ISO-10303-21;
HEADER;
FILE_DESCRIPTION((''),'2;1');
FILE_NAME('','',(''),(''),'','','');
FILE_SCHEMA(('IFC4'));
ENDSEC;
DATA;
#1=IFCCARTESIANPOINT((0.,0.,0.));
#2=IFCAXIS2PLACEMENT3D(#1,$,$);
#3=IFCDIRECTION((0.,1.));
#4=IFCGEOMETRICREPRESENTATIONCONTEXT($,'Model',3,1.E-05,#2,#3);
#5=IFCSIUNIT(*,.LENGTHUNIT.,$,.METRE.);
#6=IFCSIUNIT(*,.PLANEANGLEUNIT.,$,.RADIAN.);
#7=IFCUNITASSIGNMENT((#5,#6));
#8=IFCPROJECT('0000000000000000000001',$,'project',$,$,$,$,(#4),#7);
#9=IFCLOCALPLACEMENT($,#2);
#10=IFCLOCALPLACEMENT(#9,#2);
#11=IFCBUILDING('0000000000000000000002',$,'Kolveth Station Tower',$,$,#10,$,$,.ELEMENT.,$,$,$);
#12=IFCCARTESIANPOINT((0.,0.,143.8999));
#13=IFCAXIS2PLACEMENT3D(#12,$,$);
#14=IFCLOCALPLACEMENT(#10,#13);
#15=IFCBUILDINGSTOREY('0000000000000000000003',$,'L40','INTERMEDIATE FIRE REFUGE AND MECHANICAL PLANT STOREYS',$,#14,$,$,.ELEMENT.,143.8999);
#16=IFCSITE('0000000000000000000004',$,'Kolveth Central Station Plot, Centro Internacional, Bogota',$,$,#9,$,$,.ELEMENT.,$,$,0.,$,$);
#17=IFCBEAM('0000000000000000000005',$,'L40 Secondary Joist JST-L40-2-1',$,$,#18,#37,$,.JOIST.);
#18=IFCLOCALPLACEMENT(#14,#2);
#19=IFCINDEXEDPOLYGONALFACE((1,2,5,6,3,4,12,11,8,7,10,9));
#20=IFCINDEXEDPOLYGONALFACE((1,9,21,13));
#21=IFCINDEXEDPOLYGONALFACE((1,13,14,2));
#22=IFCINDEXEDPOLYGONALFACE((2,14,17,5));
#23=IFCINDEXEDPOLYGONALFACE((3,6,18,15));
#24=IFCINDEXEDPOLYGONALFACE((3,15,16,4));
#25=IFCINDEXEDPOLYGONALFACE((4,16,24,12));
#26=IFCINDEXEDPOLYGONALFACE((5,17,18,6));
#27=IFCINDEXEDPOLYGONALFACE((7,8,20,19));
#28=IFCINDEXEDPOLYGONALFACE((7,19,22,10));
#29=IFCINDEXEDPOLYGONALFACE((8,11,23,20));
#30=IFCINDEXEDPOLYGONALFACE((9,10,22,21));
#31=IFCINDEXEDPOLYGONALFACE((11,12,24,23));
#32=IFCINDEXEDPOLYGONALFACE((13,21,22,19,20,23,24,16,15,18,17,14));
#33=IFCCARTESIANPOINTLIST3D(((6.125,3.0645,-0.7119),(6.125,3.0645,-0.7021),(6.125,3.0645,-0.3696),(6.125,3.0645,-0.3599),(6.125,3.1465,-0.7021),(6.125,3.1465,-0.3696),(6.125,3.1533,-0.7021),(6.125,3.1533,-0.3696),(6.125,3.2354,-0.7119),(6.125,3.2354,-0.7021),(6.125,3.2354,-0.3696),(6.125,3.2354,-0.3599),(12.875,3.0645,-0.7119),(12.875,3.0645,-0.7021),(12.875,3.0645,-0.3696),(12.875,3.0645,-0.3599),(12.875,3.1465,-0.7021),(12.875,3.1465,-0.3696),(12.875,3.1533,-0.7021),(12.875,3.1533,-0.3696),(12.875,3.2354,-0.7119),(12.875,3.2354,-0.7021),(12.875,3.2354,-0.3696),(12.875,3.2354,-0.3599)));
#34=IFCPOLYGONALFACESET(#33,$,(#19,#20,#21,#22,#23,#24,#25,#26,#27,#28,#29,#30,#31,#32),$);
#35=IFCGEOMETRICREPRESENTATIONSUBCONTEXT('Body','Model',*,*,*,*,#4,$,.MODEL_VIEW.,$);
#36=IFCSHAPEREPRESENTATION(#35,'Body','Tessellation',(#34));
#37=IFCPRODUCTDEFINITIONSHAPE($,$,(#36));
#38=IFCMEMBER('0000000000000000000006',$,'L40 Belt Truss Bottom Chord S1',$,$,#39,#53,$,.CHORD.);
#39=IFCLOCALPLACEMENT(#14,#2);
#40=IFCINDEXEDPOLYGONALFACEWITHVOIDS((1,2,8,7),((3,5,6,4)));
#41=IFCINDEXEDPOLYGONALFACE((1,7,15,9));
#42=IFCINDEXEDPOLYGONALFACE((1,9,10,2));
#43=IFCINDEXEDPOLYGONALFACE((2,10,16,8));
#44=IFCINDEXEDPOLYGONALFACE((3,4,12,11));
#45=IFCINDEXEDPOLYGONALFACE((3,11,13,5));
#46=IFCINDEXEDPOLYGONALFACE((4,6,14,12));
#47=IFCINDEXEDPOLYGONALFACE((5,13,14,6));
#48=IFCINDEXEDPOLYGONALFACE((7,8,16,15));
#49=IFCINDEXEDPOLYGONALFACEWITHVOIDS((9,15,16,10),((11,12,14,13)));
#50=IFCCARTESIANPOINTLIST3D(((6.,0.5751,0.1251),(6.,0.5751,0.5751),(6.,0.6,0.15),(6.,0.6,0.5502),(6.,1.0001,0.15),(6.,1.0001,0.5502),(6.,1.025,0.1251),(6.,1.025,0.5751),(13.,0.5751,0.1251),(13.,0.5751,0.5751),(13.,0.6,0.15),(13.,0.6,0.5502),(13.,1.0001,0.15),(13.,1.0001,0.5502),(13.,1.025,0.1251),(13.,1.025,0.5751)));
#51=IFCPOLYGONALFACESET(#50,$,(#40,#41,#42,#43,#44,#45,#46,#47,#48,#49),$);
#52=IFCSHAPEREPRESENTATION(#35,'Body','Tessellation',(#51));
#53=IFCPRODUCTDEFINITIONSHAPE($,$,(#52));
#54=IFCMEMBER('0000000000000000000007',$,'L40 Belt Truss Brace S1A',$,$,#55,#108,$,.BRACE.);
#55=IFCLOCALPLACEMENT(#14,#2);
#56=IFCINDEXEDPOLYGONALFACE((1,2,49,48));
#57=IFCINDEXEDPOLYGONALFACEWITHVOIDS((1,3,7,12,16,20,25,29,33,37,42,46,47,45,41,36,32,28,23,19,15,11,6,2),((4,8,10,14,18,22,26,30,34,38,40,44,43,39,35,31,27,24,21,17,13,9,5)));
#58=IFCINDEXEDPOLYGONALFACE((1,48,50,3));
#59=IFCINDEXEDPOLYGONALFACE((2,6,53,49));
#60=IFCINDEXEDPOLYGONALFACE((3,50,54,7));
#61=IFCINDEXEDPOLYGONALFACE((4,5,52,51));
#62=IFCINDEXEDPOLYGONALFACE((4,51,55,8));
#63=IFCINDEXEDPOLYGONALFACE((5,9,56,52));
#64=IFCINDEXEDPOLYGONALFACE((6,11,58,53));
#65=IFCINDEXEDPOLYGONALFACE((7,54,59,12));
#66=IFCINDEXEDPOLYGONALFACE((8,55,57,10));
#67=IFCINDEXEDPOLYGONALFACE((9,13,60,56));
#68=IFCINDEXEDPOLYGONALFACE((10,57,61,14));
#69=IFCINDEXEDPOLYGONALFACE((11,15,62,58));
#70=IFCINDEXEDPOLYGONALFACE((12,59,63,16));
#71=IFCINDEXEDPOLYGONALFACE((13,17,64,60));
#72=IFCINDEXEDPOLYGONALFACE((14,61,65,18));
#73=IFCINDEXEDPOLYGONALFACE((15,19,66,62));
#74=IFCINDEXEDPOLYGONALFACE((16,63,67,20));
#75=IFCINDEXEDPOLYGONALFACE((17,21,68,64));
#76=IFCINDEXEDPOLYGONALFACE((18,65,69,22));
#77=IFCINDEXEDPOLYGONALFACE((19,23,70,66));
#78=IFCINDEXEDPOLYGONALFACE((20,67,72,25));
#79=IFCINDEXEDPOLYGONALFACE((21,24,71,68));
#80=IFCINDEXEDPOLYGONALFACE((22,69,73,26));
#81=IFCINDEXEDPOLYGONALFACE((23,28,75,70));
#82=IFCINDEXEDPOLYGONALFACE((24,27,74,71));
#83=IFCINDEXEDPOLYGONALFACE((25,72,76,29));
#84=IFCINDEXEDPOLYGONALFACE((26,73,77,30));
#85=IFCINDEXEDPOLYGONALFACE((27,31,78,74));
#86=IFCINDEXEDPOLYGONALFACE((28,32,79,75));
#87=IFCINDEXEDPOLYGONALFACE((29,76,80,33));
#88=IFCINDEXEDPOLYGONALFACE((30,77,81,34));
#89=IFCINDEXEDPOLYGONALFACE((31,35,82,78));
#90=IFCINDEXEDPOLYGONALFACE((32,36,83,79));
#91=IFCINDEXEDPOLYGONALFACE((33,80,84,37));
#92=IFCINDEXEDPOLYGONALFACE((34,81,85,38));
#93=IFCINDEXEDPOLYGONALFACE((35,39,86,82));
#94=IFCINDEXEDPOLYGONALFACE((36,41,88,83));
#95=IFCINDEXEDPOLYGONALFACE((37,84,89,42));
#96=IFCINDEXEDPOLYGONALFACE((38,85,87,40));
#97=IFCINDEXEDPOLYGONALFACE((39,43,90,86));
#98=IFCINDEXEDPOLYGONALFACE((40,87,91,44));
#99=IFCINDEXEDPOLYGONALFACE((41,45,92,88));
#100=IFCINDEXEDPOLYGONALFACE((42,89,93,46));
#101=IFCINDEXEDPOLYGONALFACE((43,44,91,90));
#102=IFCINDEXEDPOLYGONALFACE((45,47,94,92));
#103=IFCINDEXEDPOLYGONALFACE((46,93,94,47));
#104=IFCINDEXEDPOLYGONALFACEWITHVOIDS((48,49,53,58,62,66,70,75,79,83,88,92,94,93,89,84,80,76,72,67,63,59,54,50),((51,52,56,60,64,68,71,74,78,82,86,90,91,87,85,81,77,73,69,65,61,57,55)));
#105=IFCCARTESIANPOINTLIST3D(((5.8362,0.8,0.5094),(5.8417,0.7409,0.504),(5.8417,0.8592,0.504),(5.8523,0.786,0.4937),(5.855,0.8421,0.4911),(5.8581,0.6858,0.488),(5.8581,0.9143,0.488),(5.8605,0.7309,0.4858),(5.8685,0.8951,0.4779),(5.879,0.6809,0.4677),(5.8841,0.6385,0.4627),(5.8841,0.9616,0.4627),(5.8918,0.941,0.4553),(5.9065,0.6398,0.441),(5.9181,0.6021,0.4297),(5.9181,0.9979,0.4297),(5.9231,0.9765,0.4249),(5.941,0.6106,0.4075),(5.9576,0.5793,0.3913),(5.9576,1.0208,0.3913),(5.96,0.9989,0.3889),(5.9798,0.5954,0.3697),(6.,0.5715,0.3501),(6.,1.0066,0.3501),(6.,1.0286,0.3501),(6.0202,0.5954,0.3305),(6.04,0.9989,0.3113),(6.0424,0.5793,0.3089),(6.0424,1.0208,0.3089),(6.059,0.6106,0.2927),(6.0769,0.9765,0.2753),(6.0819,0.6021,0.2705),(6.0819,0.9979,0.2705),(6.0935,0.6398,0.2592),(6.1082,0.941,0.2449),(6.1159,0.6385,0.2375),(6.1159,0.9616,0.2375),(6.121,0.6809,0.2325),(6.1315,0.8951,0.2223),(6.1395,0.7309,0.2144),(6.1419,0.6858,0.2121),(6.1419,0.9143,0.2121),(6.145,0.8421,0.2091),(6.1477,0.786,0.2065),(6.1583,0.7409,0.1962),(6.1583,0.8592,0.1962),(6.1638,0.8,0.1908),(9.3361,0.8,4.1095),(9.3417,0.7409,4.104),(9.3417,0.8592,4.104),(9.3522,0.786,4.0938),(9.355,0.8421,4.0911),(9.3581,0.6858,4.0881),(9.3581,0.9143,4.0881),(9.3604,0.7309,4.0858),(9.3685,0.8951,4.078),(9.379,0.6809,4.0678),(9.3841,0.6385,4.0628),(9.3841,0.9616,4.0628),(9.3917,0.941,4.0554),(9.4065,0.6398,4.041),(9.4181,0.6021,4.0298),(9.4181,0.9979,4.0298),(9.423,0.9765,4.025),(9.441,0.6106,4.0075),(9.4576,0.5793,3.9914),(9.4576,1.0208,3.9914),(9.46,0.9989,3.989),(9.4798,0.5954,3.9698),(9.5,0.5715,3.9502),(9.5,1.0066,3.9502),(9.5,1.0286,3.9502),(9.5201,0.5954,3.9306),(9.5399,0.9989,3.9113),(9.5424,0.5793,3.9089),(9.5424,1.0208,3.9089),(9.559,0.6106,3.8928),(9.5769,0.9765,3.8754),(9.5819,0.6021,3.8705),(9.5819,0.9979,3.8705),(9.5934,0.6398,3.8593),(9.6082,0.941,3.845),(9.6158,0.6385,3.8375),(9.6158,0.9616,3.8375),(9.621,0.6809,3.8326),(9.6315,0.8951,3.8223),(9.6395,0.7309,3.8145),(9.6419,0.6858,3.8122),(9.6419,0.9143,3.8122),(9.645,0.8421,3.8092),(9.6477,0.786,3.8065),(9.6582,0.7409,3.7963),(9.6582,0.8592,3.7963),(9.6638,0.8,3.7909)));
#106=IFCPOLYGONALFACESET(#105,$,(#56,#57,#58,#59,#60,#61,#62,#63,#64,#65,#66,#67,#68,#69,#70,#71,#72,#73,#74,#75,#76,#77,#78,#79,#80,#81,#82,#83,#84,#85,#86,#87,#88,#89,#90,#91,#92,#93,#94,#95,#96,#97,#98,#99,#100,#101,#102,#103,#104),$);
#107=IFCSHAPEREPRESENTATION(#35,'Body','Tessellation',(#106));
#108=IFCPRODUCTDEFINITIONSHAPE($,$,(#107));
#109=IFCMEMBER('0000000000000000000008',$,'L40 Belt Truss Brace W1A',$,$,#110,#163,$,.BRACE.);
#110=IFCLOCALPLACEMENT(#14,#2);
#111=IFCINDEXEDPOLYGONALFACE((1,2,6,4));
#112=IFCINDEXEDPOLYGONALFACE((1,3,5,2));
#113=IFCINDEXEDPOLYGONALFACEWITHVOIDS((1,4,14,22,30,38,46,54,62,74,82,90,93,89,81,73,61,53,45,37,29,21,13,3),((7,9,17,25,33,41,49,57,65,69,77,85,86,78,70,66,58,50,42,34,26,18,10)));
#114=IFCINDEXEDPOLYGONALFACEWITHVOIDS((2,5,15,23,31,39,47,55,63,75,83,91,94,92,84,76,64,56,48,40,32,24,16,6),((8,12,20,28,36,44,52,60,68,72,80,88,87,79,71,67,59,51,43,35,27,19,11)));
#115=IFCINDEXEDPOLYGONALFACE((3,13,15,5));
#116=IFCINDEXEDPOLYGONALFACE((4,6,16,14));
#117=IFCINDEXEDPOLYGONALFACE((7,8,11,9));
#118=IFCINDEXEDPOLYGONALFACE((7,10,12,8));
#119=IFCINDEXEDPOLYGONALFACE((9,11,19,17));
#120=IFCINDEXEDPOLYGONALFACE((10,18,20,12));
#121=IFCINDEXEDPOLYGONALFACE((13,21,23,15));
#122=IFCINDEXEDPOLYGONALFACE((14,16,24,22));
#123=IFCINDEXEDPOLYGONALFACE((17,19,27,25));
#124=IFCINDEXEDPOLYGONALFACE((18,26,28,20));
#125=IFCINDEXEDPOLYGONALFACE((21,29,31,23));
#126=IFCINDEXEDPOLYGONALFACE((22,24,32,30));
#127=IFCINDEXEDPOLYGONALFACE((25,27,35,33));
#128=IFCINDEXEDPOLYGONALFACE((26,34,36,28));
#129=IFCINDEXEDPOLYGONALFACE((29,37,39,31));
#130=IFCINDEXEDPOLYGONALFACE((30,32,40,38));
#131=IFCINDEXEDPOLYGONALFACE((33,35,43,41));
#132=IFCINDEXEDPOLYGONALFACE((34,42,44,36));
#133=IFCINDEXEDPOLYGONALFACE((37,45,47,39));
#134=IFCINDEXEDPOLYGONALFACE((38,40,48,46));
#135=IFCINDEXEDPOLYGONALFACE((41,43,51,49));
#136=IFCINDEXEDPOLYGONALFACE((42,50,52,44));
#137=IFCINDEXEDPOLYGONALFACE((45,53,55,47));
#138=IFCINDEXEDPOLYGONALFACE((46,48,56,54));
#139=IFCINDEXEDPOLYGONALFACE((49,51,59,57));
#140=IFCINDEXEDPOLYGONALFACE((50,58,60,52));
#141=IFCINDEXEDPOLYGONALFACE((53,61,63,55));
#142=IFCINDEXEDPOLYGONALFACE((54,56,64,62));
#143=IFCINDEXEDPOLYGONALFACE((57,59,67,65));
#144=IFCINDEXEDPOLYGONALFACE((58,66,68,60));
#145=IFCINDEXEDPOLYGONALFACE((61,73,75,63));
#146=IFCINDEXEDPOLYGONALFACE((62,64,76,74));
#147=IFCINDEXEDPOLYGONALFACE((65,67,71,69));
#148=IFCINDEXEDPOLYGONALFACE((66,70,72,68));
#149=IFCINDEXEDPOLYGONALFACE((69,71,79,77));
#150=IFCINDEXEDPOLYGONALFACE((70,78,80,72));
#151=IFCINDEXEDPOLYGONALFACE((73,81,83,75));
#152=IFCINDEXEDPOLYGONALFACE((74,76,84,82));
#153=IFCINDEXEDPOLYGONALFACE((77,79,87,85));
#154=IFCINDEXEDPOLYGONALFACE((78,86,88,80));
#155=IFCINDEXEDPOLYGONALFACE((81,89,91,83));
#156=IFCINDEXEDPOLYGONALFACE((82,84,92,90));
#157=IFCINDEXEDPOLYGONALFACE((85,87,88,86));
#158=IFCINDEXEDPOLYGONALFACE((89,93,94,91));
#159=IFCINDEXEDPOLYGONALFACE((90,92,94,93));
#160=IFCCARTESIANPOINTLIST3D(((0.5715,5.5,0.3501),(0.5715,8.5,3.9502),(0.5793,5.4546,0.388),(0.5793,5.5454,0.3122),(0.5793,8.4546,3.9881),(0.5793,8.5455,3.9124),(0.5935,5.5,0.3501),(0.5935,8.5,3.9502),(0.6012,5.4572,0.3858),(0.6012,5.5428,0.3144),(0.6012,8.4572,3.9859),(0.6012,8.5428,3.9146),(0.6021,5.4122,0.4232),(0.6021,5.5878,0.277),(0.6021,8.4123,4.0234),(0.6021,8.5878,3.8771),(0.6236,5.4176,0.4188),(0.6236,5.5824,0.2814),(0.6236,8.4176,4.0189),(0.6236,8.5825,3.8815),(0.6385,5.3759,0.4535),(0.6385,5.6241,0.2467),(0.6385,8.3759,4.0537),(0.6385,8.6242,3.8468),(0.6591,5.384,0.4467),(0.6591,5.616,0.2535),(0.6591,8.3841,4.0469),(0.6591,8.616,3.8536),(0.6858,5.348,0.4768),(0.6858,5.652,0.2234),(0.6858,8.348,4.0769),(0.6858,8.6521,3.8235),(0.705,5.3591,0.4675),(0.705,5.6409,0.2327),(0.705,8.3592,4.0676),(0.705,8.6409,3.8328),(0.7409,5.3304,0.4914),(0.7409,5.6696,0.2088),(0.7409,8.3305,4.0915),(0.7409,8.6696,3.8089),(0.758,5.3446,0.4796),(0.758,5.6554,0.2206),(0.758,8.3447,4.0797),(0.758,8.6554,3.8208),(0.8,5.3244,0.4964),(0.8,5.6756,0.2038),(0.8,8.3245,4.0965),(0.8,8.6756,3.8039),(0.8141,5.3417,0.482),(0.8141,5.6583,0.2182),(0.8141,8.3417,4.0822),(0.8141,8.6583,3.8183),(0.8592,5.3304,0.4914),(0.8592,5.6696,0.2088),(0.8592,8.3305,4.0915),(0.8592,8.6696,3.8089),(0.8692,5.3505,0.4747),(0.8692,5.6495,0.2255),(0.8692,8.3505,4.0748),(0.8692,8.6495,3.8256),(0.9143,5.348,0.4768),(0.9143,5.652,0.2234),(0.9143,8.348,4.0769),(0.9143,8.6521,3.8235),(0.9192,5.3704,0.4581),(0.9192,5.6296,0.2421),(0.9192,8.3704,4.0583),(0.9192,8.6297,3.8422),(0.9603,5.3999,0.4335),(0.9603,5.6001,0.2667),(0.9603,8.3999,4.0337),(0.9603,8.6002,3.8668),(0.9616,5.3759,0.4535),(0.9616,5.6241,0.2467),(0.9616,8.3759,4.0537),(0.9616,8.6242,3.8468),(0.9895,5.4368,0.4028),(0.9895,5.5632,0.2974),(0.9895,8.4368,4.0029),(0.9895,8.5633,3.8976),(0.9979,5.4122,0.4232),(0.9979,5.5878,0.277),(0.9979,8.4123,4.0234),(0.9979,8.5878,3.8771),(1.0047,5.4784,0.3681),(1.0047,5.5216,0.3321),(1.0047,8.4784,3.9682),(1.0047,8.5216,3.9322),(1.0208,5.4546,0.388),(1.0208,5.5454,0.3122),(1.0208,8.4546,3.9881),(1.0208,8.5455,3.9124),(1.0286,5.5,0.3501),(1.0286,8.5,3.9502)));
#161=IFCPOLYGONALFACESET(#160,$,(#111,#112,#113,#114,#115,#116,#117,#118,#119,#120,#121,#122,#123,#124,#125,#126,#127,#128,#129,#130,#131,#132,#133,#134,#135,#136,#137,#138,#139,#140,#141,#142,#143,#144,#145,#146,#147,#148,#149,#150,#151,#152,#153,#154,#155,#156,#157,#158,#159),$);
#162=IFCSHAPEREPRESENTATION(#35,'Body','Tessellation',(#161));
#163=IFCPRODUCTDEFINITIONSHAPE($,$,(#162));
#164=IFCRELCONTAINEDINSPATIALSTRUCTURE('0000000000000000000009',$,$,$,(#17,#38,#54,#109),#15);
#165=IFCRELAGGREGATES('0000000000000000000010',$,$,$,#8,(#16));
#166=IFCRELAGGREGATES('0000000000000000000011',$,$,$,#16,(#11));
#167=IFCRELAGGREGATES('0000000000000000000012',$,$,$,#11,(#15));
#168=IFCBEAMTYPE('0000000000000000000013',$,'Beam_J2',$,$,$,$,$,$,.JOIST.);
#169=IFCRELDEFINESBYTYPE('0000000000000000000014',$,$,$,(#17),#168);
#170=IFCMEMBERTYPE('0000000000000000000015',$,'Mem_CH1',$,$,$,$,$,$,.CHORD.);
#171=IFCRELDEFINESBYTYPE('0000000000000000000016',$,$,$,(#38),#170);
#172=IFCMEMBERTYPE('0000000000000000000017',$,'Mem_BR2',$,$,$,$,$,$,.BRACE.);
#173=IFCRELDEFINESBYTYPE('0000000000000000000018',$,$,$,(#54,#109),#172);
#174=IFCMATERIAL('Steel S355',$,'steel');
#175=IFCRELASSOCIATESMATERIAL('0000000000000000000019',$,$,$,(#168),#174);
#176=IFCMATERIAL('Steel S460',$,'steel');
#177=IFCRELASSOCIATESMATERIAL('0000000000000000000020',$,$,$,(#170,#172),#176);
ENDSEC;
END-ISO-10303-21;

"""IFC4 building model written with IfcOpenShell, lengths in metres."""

from ifc_helpers import new_model, si_unit, direction, frame, origin, origin_2d, place, context, subcontext, project, spatial, hollow_rectangle, hollow_circle, i_section, extrude, source, transform, mapped, material, material_profile, profile_set, type_object, element, save


model = new_model("IFC4")

# Units and contexts
model_context = context("Model", 3, precision=1e-05, world=origin(), true_north=direction((0.0, 1.0)))
body_context = subcontext(model_context, "Body", "Model", "MODEL_VIEW")
ifc_project = project(units=[si_unit("LENGTHUNIT", "METRE"), si_unit("PLANEANGLEUNIT", "RADIAN")], contexts=[model_context])

# Site, building, storey
site_placement = place(None, origin())
site = spatial("IfcSite", under=ifc_project, at=site_placement, Name="Kolveth Central Station Plot, Centro Internacional, Bogota", CompositionType="ELEMENT", RefElevation=0.0)
building_placement = place(site_placement, origin())
building = spatial("IfcBuilding", under=site, at=building_placement, Name="Kolveth Station Tower", CompositionType="ELEMENT")
storey_placement = place(building_placement, frame((0.0, 0.0, 143.8999)))
storey = spatial("IfcBuildingStorey", under=building, at=storey_placement, Name="L40", Description="INTERMEDIATE FIRE REFUGE AND MECHANICAL PLANT STOREYS", CompositionType="ELEMENT", Elevation=143.8999)

# Shared definitions
ifc_material_1 = material(Name="Steel S460", Category="steel")

# Beam
ifc_material_2 = material(Name="Steel S355", Category="steel")
ifc_material_profile_1 = material_profile(ifc_material_2, i_section(OverallWidth=0.1709, OverallDepth=0.3521, WebThickness=0.0068, FlangeThickness=0.0098, at=origin_2d()), Name="W360x44")
ifc_profile_set_1 = profile_set([ifc_material_profile_1], Name="Steel S355")
beam_type_1 = type_object("IfcBeamType", Name="Beam_J2", PredefinedType="JOIST", material=ifc_profile_set_1)
shared_shape_1 = source(origin(), body_context, "Body", "SweptSolid", [
    extrude(i_section(OverallWidth=0.1709, OverallDepth=0.3521, WebThickness=0.0068, FlangeThickness=0.0098, at=origin_2d()), origin(), (0.0, 0.0, 1.0), 6.75),
])
beam_1_placement = place(storey_placement, frame((6.125, 3.1499, -0.5359), z_axis=(1.0, 0.0, 0.0), x_axis=(0.0, 1.0, 0.0)))
element("IfcBeam", 1, at=beam_1_placement, inside=storey, type_object=beam_type_1, Name="L40 Secondary Joist JST-L40-2-1", PredefinedType="JOIST", context=body_context, shape_type="MappedRepresentation", body=[
    mapped(shared_shape_1, transform((0.0, 0.0, 0.0), x_axis=(1.0, 0.0, 0.0), y_axis=(0.0, 1.0, 0.0), z_axis=(0.0, 0.0, 1.0), scale=1.0)),
])

# Members
ifc_material_profile_2 = material_profile(ifc_material_1, hollow_rectangle(XDim=0.45, YDim=0.45, WallThickness=0.0249, at=origin_2d()), Name="HSS450x450x25")
ifc_profile_set_2 = profile_set([ifc_material_profile_2], Name="Steel S460")
member_type_1 = type_object("IfcMemberType", Name="Mem_CH1", PredefinedType="CHORD", material=ifc_profile_set_2)
shared_shape_2 = source(origin(), body_context, "Body", "SweptSolid", [
    extrude(hollow_rectangle(XDim=0.45, YDim=0.45, WallThickness=0.0249, at=origin_2d()), origin(), (0.0, 0.0, 1.0), 7.0),
])
member_1_placement = place(storey_placement, frame((6.0, 0.8, 0.3501), z_axis=(1.0, 0.0, 0.0), x_axis=(0.0, 1.0, 0.0)))
element("IfcMember", 2, at=member_1_placement, inside=storey, type_object=member_type_1, Name="L40 Belt Truss Bottom Chord S1", PredefinedType="CHORD", context=body_context, shape_type="MappedRepresentation", body=[
    mapped(shared_shape_2, transform((0.0, 0.0, 0.0), x_axis=(1.0, 0.0, 0.0), y_axis=(0.0, 1.0, 0.0), z_axis=(0.0, 0.0, 1.0), scale=1.0)),
])
ifc_material_profile_3 = material_profile(ifc_material_1, hollow_circle(Radius=0.2285, WallThickness=0.022, at=origin_2d()), Name="CHS457x22")
ifc_profile_set_3 = profile_set([ifc_material_profile_3], Name="Steel S460")
member_type_2 = type_object("IfcMemberType", Name="Mem_BR2", PredefinedType="BRACE", material=ifc_profile_set_3)
shared_shape_3 = source(origin(), body_context, "Body", "SweptSolid", [
    extrude(hollow_circle(Radius=0.2285, WallThickness=0.022, at=origin_2d()), origin(), (0.0, 0.0, 1.0), 5.021),
])
member_2_placement = place(storey_placement, frame((6.0, 0.8, 0.3501), z_axis=(0.697069, 0.0, 0.717004), x_axis=(0.0, 1.0, 0.0)))
element("IfcMember", 3, at=member_2_placement, inside=storey, type_object=member_type_2, Name="L40 Belt Truss Brace S1A", PredefinedType="BRACE", context=body_context, shape_type="MappedRepresentation", body=[
    mapped(shared_shape_3, transform((0.0, 0.0, 0.0), x_axis=(1.0, 0.0, 0.0), y_axis=(0.0, 1.0, 0.0), z_axis=(0.0, 0.0, 1.0), scale=1.0)),
])
shared_shape_4 = source(origin(), body_context, "Body", "SweptSolid", [
    extrude(hollow_circle(Radius=0.2285, WallThickness=0.022, at=origin_2d()), origin(), (0.0, 0.0, 1.0), 4.6863),
])
member_3_placement = place(storey_placement, frame((0.8, 5.5, 0.3501), z_axis=(0.0, 0.640174, 0.76823), x_axis=(-1.0, 0.0, 0.0)))
element("IfcMember", 4, at=member_3_placement, inside=storey, type_object=member_type_2, Name="L40 Belt Truss Brace W1A", PredefinedType="BRACE", context=body_context, shape_type="MappedRepresentation", body=[
    mapped(shared_shape_4, transform((0.0, 0.0, 0.0), x_axis=(1.0, 0.0, 0.0), y_axis=(0.0, 1.0, 0.0), z_axis=(0.0, 0.0, 1.0), scale=1.0)),
])

save(model, "model.ifc")
